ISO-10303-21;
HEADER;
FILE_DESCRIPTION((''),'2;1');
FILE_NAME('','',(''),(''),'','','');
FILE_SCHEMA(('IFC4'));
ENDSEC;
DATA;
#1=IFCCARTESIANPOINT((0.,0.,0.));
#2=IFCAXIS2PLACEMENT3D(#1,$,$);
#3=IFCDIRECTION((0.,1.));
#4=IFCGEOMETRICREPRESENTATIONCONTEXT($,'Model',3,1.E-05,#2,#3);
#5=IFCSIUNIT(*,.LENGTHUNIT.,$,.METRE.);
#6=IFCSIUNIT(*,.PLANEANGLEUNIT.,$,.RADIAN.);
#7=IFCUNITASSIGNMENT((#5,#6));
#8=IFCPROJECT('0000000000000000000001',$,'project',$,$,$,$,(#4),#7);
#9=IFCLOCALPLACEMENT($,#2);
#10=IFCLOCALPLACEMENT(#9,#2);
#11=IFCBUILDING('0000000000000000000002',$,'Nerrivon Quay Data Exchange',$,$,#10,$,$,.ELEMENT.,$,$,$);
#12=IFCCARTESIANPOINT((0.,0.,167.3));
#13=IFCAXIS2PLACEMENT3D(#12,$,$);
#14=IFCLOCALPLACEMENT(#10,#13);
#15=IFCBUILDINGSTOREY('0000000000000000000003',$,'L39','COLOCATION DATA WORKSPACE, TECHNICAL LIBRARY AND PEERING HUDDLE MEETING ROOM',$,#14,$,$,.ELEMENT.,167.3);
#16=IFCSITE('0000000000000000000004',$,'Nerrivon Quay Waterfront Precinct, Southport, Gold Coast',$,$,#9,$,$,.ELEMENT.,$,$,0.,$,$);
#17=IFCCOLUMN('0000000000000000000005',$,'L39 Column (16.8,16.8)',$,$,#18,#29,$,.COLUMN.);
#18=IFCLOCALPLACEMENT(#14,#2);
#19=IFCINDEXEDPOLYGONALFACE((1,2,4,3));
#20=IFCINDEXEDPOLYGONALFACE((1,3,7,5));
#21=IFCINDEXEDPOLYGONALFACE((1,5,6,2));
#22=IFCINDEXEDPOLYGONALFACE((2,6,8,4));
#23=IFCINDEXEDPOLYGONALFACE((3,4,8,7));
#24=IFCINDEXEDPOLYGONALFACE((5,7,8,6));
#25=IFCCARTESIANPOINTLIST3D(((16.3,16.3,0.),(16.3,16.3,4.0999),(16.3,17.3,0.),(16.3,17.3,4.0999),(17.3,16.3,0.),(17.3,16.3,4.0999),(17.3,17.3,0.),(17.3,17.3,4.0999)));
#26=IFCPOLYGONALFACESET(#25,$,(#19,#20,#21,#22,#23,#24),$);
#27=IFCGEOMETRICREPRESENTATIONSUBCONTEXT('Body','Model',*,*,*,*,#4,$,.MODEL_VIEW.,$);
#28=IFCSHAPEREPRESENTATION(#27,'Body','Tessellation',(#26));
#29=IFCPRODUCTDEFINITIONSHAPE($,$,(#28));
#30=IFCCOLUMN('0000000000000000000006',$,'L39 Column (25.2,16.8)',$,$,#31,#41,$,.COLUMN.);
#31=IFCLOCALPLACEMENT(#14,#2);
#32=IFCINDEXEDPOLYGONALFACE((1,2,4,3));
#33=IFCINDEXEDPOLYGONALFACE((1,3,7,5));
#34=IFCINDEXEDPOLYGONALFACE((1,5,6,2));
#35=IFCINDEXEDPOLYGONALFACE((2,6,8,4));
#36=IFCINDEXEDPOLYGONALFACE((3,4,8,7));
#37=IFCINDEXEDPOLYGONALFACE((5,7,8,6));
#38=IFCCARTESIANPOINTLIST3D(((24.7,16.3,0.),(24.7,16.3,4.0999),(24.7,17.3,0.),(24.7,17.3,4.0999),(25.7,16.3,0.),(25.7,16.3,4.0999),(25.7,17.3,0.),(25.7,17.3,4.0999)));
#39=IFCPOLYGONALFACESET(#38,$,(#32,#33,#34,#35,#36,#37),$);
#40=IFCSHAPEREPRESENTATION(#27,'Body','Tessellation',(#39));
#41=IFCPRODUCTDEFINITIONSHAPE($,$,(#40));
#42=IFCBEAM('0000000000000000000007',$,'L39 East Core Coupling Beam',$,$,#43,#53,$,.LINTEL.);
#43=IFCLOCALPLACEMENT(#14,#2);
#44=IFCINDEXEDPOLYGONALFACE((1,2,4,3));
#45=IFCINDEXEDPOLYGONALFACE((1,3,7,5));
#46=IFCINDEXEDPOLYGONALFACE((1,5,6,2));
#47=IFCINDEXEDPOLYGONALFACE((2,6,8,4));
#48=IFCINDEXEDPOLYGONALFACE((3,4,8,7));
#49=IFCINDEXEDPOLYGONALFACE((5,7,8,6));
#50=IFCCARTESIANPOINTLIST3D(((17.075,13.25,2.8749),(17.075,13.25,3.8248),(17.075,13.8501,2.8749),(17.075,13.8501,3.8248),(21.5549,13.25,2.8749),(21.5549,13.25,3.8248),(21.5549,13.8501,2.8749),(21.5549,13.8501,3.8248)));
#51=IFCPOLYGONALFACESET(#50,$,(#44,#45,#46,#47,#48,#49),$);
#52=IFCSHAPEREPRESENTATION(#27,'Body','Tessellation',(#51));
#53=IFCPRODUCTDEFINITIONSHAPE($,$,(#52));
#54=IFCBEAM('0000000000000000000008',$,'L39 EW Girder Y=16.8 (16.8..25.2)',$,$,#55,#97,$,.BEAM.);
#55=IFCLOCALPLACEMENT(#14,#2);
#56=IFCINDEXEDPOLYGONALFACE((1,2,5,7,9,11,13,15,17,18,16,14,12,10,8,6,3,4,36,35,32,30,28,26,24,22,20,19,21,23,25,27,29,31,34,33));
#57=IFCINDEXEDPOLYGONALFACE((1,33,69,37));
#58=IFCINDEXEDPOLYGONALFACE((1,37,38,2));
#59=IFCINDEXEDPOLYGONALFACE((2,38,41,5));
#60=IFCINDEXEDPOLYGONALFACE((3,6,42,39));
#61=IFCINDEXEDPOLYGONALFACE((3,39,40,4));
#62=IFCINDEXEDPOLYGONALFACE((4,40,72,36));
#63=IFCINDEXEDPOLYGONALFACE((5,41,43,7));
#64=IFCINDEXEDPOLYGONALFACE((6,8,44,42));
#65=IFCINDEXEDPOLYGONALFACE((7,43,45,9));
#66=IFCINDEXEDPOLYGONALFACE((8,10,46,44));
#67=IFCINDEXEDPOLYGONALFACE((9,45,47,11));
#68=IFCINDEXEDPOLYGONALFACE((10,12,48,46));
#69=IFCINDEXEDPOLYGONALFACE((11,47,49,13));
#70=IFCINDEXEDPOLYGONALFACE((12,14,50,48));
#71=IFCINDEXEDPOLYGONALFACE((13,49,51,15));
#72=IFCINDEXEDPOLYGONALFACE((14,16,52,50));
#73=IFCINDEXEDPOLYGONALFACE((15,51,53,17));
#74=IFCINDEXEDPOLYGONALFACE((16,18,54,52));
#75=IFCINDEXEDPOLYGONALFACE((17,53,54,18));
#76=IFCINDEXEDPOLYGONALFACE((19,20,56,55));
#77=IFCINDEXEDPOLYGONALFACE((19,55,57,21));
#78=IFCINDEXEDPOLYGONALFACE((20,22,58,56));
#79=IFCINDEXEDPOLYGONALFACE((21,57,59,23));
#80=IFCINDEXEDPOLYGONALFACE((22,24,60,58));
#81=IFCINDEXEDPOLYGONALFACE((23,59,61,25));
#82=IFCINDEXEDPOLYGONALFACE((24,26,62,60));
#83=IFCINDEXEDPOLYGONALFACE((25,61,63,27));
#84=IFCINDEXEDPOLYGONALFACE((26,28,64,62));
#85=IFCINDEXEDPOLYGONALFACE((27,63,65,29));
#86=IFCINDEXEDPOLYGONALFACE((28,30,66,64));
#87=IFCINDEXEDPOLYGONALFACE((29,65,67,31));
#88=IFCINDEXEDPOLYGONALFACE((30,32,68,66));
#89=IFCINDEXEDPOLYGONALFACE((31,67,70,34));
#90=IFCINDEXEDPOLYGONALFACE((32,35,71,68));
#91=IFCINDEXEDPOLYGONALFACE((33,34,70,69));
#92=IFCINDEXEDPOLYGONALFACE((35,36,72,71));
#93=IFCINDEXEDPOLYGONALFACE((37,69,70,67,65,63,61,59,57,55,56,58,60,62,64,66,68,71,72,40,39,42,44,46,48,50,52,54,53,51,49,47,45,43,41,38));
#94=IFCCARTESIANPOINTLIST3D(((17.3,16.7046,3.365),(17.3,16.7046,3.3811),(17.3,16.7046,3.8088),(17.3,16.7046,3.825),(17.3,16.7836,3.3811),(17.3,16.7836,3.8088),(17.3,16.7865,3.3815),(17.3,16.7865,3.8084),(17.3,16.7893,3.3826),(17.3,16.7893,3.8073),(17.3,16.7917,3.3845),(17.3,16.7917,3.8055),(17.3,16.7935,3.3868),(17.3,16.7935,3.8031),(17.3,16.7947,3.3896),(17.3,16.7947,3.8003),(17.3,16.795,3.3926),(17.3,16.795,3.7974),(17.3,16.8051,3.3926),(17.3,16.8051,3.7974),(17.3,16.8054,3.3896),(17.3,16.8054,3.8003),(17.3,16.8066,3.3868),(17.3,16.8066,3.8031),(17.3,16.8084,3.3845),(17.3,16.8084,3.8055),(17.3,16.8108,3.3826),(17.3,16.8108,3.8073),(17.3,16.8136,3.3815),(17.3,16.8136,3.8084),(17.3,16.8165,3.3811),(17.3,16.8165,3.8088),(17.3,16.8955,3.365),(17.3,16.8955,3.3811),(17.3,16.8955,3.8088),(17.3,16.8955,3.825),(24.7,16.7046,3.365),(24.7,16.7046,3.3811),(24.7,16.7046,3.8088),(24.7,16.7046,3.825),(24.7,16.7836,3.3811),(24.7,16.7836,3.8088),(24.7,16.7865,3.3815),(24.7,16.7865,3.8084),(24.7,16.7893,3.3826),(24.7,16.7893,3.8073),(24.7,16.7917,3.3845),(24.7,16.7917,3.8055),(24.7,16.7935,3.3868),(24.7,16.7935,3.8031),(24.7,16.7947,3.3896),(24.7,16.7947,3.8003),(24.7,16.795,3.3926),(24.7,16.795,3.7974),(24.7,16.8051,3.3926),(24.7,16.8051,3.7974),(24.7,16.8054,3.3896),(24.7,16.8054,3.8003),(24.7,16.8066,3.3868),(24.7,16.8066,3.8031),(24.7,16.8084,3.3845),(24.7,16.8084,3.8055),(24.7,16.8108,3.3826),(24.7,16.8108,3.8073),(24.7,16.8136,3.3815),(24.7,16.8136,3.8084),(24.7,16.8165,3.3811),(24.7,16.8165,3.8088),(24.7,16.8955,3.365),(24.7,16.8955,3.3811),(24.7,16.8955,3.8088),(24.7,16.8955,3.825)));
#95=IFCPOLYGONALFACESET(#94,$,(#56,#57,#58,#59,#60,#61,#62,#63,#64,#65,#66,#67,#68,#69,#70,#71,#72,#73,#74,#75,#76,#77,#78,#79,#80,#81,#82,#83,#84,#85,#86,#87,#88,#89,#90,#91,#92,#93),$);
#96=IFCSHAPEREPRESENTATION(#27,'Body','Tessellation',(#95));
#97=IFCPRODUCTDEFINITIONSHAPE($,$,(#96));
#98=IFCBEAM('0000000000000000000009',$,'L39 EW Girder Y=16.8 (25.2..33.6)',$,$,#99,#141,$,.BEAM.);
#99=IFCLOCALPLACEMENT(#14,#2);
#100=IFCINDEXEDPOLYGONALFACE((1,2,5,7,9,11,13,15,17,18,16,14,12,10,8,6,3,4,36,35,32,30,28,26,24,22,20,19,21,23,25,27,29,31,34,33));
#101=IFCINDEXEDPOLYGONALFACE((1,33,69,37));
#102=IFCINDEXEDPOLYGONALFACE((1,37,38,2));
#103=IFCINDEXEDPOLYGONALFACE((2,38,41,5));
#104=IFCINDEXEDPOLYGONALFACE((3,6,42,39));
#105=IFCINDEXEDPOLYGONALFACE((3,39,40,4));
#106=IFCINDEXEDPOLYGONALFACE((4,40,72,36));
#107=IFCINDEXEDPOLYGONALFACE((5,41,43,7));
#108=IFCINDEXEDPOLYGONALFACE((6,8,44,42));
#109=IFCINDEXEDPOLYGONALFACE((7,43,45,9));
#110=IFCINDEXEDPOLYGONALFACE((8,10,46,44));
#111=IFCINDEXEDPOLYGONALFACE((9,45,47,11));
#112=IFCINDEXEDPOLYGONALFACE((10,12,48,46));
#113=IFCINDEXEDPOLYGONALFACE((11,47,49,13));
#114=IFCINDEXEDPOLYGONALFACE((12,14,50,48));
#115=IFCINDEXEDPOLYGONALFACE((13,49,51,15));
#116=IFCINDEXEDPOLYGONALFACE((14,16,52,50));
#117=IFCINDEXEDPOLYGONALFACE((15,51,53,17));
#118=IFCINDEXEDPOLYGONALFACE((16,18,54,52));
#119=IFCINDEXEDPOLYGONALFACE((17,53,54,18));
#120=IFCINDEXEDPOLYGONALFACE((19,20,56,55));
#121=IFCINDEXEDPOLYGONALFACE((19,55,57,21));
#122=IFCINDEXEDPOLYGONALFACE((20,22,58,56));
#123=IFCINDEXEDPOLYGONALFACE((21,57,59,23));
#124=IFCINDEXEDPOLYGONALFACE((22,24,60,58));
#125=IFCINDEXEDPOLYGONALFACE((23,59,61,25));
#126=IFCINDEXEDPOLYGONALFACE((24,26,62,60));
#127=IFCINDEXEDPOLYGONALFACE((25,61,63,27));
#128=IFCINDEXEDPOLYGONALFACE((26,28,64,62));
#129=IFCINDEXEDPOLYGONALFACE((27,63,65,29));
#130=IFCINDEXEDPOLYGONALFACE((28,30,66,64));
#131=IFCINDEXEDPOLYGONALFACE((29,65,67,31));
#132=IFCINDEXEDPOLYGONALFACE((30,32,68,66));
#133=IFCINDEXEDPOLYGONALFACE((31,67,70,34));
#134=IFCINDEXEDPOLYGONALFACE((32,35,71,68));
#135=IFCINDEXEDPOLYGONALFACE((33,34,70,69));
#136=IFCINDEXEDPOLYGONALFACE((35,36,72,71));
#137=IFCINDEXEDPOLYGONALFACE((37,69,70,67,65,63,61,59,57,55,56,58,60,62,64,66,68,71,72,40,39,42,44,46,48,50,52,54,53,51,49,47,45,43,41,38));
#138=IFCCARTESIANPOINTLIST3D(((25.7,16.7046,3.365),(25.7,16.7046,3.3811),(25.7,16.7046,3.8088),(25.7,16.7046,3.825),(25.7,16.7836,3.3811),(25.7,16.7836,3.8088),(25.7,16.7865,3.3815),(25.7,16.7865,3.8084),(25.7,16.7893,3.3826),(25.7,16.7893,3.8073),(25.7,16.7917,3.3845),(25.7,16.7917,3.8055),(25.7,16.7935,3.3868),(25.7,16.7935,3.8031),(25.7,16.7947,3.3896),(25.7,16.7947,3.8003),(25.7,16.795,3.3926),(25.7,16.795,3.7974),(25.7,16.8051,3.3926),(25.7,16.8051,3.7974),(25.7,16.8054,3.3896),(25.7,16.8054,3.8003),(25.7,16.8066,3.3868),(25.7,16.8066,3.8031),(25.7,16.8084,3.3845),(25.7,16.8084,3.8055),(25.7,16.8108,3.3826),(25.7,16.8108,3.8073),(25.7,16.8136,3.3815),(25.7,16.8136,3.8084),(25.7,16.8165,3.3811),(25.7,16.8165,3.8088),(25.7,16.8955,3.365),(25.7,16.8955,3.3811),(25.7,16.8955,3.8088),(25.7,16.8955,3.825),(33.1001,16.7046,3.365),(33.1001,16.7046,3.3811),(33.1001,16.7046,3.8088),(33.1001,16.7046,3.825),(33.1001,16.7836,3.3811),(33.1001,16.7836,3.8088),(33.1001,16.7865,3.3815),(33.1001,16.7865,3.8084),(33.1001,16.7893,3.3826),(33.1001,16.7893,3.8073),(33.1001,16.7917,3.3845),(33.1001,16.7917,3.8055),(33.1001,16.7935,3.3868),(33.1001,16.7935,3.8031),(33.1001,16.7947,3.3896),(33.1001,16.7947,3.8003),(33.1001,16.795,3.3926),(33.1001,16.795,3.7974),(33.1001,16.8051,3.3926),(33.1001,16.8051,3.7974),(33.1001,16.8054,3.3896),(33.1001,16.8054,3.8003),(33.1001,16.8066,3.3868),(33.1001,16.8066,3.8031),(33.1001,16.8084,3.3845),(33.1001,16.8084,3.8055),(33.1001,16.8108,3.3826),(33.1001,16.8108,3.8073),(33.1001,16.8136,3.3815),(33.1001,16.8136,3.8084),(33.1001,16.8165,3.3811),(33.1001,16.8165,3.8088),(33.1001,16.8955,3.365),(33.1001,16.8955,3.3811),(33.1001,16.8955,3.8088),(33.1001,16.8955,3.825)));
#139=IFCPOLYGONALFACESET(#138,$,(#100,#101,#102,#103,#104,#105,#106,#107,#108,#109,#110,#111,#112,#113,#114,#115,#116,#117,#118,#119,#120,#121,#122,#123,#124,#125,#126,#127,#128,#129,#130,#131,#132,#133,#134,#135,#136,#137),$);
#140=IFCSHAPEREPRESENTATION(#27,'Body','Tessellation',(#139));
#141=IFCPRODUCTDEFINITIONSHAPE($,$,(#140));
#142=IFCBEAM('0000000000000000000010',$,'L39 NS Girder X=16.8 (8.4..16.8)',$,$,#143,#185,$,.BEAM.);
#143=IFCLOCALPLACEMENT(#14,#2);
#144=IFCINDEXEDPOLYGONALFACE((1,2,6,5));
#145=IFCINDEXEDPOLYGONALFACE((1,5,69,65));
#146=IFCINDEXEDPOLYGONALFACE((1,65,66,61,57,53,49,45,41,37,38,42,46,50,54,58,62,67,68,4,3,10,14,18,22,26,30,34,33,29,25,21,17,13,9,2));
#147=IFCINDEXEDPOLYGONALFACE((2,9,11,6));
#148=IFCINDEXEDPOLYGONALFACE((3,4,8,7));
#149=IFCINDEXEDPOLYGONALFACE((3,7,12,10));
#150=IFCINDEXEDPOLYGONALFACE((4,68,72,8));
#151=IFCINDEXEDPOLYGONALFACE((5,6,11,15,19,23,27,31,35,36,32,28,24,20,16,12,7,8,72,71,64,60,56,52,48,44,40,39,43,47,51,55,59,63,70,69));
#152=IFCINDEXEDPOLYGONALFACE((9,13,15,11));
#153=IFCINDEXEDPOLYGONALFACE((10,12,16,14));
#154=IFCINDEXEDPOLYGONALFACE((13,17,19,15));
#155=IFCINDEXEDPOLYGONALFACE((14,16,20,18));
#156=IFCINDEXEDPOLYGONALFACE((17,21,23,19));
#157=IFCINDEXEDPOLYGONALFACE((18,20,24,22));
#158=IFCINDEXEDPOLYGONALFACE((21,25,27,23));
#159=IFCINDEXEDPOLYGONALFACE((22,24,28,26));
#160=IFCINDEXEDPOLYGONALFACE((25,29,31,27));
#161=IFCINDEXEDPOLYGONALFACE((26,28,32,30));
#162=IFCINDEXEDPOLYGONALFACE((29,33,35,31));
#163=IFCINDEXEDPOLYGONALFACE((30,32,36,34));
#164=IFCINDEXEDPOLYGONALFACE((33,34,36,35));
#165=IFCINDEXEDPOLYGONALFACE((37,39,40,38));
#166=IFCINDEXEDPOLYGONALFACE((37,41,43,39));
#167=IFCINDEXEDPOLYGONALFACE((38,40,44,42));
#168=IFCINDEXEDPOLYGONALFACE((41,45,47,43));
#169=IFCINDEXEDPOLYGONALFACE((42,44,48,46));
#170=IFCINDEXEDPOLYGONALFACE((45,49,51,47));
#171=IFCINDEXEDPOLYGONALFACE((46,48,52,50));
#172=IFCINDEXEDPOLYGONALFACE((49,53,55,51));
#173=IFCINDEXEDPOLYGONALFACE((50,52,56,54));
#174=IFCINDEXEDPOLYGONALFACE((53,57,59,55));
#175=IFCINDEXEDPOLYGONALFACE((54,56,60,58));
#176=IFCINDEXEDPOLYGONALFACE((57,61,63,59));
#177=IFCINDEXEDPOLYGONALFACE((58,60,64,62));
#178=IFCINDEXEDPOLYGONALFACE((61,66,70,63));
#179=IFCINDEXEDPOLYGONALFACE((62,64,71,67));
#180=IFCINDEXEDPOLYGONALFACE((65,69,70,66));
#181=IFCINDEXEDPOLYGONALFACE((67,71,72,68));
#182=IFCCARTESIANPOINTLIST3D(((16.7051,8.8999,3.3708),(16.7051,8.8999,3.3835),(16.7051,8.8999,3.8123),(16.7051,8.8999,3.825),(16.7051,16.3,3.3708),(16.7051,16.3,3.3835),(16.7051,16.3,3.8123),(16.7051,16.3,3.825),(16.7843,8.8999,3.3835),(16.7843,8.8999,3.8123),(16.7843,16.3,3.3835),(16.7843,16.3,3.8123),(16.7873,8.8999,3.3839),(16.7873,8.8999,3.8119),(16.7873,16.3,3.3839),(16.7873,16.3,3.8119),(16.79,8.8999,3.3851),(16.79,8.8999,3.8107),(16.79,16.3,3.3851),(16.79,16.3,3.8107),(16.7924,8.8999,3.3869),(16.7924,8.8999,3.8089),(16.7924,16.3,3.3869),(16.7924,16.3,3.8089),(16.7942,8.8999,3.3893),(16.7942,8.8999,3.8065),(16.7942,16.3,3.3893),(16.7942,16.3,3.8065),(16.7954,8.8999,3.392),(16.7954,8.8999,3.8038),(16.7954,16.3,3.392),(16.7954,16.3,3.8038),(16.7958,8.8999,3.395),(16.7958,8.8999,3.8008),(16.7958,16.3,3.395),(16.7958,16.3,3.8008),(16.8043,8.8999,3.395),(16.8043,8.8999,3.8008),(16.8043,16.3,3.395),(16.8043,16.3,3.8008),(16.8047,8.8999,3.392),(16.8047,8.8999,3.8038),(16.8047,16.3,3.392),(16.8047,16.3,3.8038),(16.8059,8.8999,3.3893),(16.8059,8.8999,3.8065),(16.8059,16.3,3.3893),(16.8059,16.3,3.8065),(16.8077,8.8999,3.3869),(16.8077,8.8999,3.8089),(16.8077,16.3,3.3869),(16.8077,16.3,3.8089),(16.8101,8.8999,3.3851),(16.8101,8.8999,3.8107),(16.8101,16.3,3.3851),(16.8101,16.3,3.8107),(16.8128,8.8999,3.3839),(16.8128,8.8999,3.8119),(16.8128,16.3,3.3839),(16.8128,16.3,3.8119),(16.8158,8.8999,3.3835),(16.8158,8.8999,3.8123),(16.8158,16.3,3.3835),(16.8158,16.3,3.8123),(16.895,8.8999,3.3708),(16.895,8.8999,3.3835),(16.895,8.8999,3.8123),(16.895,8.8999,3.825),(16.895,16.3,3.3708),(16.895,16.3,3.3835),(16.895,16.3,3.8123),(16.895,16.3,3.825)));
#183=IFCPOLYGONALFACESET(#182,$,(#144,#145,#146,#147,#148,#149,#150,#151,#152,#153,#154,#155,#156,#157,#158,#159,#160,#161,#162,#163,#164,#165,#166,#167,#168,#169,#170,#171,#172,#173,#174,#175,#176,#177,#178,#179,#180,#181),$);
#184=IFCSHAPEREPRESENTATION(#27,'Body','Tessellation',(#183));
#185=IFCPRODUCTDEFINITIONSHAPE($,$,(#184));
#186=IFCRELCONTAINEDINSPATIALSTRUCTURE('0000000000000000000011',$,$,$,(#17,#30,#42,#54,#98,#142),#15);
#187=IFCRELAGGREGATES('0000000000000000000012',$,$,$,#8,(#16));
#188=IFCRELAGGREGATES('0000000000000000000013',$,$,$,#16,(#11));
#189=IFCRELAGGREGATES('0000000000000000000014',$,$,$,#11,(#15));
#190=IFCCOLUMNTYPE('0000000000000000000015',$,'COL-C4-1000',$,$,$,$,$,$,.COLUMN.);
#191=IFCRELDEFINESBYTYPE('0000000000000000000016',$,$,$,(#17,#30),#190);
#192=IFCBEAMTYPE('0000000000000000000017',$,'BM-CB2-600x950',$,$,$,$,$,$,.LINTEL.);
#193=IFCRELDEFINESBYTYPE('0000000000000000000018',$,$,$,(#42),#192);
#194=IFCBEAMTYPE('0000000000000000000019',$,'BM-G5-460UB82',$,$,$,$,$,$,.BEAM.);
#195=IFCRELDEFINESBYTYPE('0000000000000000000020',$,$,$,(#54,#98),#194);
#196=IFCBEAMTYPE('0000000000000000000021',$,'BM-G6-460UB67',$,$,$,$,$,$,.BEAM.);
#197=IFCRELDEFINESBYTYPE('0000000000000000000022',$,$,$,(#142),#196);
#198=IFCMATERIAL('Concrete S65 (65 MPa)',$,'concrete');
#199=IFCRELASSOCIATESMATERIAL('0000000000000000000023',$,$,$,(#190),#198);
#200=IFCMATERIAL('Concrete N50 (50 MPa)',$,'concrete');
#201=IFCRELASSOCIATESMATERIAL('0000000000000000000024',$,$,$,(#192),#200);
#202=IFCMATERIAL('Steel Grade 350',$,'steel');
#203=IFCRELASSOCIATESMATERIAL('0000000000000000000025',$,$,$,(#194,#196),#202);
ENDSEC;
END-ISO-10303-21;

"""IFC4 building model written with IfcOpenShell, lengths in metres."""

from ifc_helpers import new_model, si_unit, direction, frame, origin, origin_2d, place, context, subcontext, project, spatial, rectangle, i_section, extrude, material, material_profile, profile_set, type_object, element, save


model = new_model("IFC4")

# Units and contexts
model_context = context("Model", 3, precision=1e-05, world=origin(), true_north=direction((0.0, 1.0)))
body_context = subcontext(model_context, "Body", "Model", "MODEL_VIEW")
ifc_project = project(units=[si_unit("LENGTHUNIT", "METRE"), si_unit("PLANEANGLEUNIT", "RADIAN")], contexts=[model_context])

# Site, building, storey
site_placement = place(None, origin())
site = spatial("IfcSite", under=ifc_project, at=site_placement, Name="Nerrivon Quay Waterfront Precinct, Southport, Gold Coast", CompositionType="ELEMENT", RefElevation=0.0)
building_placement = place(site_placement, origin())
building = spatial("IfcBuilding", under=site, at=building_placement, Name="Nerrivon Quay Data Exchange", CompositionType="ELEMENT")
storey_placement = place(building_placement, frame((0.0, 0.0, 167.3)))
storey = spatial("IfcBuildingStorey", under=building, at=storey_placement, Name="L39", Description="COLOCATION DATA WORKSPACE, TECHNICAL LIBRARY AND PEERING HUDDLE MEETING ROOM", CompositionType="ELEMENT", Elevation=167.3)

# Columns
ifc_material_1 = material(Name="Concrete S65 (65 MPa)", Category="concrete")
ifc_material_profile_1 = material_profile(ifc_material_1, rectangle(XDim=1.0, YDim=1.0, at=origin_2d()), Name="RC-COL-1000x1000")
ifc_profile_set_1 = profile_set([ifc_material_profile_1], Name="Concrete S65 (65 MPa)")
column_type = type_object("IfcColumnType", Name="COL-C4-1000", PredefinedType="COLUMN", material=ifc_profile_set_1)
for number, where, z_axis, x_axis, name in (
    (1, (16.8, 16.8, 0.0), (0.0, 0.0, 1.0), (1.0, 0.0, 0.0), "L39 Column (16.8,16.8)"),
    (2, (25.2, 16.8, 0.0), (0.0, 0.0, 1.0), (1.0, 0.0, 0.0), "L39 Column (25.2,16.8)"),
):
    element("IfcColumn", number, at=place(storey_placement, frame(where, z_axis=z_axis, x_axis=x_axis)), inside=storey, type_object=column_type, Name=name, PredefinedType="COLUMN", context=body_context, shape_type="SweptSolid", body=[
        extrude(rectangle(XDim=1.0, YDim=1.0, at=origin_2d()), origin(), (0.0, 0.0, 1.0), 4.0999),
    ])

# Beams
ifc_material_2 = material(Name="Concrete N50 (50 MPa)", Category="concrete")
ifc_material_profile_2 = material_profile(ifc_material_2, rectangle(XDim=0.6001, YDim=0.95, at=origin_2d()), Name="RC-CB-600x950")
ifc_profile_set_2 = profile_set([ifc_material_profile_2], Name="Concrete N50 (50 MPa)")
beam_type_1 = type_object("IfcBeamType", Name="BM-CB2-600x950", PredefinedType="LINTEL", material=ifc_profile_set_2)
beam_1_placement = place(storey_placement, frame((17.075, 13.55, 3.3499), z_axis=(1.0, 0.0, 0.0), x_axis=(0.0, 1.0, 0.0)))
element("IfcBeam", 3, at=beam_1_placement, inside=storey, type_object=beam_type_1, Name="L39 East Core Coupling Beam", PredefinedType="LINTEL", context=body_context, shape_type="SweptSolid", body=[
    extrude(rectangle(XDim=0.6001, YDim=0.95, at=origin_2d()), origin(), (0.0, 0.0, 1.0), 4.48),
])
ifc_material_3 = material(Name="Steel Grade 350", Category="steel")
ifc_material_profile_3 = material_profile(ifc_material_3, i_section(OverallWidth=0.1909, OverallDepth=0.46, WebThickness=0.01, FlangeThickness=0.0161, FilletRadius=0.0115, at=origin_2d()), Name="460UB82.1")
ifc_profile_set_3 = profile_set([ifc_material_profile_3], Name="Steel Grade 350")
beam_type_2 = type_object("IfcBeamType", Name="BM-G5-460UB82", PredefinedType="BEAM", material=ifc_profile_set_3)
beam_2_placement = place(storey_placement, frame((17.3, 16.8, 3.595), z_axis=(1.0, 0.0, 0.0), x_axis=(0.0, 1.0, 0.0)))
element("IfcBeam", 4, at=beam_2_placement, inside=storey, type_object=beam_type_2, Name="L39 EW Girder Y=16.8 (16.8..25.2)", PredefinedType="BEAM", context=body_context, shape_type="SweptSolid", body=[
    extrude(i_section(OverallWidth=0.1909, OverallDepth=0.46, WebThickness=0.01, FlangeThickness=0.0161, FilletRadius=0.0115, at=origin_2d()), origin(), (0.0, 0.0, 1.0), 7.3999),
])
beam_3_placement = place(storey_placement, frame((25.7, 16.8, 3.595), z_axis=(1.0, 0.0, 0.0), x_axis=(0.0, 1.0, 0.0)))
element("IfcBeam", 5, at=beam_3_placement, inside=storey, type_object=beam_type_2, Name="L39 EW Girder Y=16.8 (25.2..33.6)", PredefinedType="BEAM", context=body_context, shape_type="SweptSolid", body=[
    extrude(i_section(OverallWidth=0.1909, OverallDepth=0.46, WebThickness=0.01, FlangeThickness=0.0161, FilletRadius=0.0115, at=origin_2d()), origin(), (0.0, 0.0, 1.0), 7.4001),
])
ifc_material_profile_4 = material_profile(ifc_material_3, i_section(OverallWidth=0.1899, OverallDepth=0.4541, WebThickness=0.0085, FlangeThickness=0.0127, FilletRadius=0.0115, at=origin_2d()), Name="460UB67.1")
ifc_profile_set_4 = profile_set([ifc_material_profile_4], Name="Steel Grade 350")
beam_type_3 = type_object("IfcBeamType", Name="BM-G6-460UB67", PredefinedType="BEAM", material=ifc_profile_set_4)
beam_4_placement = place(storey_placement, frame((16.8, 8.8999, 3.5979), z_axis=(0.0, 1.0, 0.0), x_axis=(-1.0, 0.0, 0.0)))
element("IfcBeam", 6, at=beam_4_placement, inside=storey, type_object=beam_type_3, Name="L39 NS Girder X=16.8 (8.4..16.8)", PredefinedType="BEAM", context=body_context, shape_type="SweptSolid", body=[
    extrude(i_section(OverallWidth=0.1899, OverallDepth=0.4541, WebThickness=0.0085, FlangeThickness=0.0127, FilletRadius=0.0115, at=origin_2d()), origin(), (0.0, 0.0, 1.0), 7.4001),
])

save(model, "model.ifc")
